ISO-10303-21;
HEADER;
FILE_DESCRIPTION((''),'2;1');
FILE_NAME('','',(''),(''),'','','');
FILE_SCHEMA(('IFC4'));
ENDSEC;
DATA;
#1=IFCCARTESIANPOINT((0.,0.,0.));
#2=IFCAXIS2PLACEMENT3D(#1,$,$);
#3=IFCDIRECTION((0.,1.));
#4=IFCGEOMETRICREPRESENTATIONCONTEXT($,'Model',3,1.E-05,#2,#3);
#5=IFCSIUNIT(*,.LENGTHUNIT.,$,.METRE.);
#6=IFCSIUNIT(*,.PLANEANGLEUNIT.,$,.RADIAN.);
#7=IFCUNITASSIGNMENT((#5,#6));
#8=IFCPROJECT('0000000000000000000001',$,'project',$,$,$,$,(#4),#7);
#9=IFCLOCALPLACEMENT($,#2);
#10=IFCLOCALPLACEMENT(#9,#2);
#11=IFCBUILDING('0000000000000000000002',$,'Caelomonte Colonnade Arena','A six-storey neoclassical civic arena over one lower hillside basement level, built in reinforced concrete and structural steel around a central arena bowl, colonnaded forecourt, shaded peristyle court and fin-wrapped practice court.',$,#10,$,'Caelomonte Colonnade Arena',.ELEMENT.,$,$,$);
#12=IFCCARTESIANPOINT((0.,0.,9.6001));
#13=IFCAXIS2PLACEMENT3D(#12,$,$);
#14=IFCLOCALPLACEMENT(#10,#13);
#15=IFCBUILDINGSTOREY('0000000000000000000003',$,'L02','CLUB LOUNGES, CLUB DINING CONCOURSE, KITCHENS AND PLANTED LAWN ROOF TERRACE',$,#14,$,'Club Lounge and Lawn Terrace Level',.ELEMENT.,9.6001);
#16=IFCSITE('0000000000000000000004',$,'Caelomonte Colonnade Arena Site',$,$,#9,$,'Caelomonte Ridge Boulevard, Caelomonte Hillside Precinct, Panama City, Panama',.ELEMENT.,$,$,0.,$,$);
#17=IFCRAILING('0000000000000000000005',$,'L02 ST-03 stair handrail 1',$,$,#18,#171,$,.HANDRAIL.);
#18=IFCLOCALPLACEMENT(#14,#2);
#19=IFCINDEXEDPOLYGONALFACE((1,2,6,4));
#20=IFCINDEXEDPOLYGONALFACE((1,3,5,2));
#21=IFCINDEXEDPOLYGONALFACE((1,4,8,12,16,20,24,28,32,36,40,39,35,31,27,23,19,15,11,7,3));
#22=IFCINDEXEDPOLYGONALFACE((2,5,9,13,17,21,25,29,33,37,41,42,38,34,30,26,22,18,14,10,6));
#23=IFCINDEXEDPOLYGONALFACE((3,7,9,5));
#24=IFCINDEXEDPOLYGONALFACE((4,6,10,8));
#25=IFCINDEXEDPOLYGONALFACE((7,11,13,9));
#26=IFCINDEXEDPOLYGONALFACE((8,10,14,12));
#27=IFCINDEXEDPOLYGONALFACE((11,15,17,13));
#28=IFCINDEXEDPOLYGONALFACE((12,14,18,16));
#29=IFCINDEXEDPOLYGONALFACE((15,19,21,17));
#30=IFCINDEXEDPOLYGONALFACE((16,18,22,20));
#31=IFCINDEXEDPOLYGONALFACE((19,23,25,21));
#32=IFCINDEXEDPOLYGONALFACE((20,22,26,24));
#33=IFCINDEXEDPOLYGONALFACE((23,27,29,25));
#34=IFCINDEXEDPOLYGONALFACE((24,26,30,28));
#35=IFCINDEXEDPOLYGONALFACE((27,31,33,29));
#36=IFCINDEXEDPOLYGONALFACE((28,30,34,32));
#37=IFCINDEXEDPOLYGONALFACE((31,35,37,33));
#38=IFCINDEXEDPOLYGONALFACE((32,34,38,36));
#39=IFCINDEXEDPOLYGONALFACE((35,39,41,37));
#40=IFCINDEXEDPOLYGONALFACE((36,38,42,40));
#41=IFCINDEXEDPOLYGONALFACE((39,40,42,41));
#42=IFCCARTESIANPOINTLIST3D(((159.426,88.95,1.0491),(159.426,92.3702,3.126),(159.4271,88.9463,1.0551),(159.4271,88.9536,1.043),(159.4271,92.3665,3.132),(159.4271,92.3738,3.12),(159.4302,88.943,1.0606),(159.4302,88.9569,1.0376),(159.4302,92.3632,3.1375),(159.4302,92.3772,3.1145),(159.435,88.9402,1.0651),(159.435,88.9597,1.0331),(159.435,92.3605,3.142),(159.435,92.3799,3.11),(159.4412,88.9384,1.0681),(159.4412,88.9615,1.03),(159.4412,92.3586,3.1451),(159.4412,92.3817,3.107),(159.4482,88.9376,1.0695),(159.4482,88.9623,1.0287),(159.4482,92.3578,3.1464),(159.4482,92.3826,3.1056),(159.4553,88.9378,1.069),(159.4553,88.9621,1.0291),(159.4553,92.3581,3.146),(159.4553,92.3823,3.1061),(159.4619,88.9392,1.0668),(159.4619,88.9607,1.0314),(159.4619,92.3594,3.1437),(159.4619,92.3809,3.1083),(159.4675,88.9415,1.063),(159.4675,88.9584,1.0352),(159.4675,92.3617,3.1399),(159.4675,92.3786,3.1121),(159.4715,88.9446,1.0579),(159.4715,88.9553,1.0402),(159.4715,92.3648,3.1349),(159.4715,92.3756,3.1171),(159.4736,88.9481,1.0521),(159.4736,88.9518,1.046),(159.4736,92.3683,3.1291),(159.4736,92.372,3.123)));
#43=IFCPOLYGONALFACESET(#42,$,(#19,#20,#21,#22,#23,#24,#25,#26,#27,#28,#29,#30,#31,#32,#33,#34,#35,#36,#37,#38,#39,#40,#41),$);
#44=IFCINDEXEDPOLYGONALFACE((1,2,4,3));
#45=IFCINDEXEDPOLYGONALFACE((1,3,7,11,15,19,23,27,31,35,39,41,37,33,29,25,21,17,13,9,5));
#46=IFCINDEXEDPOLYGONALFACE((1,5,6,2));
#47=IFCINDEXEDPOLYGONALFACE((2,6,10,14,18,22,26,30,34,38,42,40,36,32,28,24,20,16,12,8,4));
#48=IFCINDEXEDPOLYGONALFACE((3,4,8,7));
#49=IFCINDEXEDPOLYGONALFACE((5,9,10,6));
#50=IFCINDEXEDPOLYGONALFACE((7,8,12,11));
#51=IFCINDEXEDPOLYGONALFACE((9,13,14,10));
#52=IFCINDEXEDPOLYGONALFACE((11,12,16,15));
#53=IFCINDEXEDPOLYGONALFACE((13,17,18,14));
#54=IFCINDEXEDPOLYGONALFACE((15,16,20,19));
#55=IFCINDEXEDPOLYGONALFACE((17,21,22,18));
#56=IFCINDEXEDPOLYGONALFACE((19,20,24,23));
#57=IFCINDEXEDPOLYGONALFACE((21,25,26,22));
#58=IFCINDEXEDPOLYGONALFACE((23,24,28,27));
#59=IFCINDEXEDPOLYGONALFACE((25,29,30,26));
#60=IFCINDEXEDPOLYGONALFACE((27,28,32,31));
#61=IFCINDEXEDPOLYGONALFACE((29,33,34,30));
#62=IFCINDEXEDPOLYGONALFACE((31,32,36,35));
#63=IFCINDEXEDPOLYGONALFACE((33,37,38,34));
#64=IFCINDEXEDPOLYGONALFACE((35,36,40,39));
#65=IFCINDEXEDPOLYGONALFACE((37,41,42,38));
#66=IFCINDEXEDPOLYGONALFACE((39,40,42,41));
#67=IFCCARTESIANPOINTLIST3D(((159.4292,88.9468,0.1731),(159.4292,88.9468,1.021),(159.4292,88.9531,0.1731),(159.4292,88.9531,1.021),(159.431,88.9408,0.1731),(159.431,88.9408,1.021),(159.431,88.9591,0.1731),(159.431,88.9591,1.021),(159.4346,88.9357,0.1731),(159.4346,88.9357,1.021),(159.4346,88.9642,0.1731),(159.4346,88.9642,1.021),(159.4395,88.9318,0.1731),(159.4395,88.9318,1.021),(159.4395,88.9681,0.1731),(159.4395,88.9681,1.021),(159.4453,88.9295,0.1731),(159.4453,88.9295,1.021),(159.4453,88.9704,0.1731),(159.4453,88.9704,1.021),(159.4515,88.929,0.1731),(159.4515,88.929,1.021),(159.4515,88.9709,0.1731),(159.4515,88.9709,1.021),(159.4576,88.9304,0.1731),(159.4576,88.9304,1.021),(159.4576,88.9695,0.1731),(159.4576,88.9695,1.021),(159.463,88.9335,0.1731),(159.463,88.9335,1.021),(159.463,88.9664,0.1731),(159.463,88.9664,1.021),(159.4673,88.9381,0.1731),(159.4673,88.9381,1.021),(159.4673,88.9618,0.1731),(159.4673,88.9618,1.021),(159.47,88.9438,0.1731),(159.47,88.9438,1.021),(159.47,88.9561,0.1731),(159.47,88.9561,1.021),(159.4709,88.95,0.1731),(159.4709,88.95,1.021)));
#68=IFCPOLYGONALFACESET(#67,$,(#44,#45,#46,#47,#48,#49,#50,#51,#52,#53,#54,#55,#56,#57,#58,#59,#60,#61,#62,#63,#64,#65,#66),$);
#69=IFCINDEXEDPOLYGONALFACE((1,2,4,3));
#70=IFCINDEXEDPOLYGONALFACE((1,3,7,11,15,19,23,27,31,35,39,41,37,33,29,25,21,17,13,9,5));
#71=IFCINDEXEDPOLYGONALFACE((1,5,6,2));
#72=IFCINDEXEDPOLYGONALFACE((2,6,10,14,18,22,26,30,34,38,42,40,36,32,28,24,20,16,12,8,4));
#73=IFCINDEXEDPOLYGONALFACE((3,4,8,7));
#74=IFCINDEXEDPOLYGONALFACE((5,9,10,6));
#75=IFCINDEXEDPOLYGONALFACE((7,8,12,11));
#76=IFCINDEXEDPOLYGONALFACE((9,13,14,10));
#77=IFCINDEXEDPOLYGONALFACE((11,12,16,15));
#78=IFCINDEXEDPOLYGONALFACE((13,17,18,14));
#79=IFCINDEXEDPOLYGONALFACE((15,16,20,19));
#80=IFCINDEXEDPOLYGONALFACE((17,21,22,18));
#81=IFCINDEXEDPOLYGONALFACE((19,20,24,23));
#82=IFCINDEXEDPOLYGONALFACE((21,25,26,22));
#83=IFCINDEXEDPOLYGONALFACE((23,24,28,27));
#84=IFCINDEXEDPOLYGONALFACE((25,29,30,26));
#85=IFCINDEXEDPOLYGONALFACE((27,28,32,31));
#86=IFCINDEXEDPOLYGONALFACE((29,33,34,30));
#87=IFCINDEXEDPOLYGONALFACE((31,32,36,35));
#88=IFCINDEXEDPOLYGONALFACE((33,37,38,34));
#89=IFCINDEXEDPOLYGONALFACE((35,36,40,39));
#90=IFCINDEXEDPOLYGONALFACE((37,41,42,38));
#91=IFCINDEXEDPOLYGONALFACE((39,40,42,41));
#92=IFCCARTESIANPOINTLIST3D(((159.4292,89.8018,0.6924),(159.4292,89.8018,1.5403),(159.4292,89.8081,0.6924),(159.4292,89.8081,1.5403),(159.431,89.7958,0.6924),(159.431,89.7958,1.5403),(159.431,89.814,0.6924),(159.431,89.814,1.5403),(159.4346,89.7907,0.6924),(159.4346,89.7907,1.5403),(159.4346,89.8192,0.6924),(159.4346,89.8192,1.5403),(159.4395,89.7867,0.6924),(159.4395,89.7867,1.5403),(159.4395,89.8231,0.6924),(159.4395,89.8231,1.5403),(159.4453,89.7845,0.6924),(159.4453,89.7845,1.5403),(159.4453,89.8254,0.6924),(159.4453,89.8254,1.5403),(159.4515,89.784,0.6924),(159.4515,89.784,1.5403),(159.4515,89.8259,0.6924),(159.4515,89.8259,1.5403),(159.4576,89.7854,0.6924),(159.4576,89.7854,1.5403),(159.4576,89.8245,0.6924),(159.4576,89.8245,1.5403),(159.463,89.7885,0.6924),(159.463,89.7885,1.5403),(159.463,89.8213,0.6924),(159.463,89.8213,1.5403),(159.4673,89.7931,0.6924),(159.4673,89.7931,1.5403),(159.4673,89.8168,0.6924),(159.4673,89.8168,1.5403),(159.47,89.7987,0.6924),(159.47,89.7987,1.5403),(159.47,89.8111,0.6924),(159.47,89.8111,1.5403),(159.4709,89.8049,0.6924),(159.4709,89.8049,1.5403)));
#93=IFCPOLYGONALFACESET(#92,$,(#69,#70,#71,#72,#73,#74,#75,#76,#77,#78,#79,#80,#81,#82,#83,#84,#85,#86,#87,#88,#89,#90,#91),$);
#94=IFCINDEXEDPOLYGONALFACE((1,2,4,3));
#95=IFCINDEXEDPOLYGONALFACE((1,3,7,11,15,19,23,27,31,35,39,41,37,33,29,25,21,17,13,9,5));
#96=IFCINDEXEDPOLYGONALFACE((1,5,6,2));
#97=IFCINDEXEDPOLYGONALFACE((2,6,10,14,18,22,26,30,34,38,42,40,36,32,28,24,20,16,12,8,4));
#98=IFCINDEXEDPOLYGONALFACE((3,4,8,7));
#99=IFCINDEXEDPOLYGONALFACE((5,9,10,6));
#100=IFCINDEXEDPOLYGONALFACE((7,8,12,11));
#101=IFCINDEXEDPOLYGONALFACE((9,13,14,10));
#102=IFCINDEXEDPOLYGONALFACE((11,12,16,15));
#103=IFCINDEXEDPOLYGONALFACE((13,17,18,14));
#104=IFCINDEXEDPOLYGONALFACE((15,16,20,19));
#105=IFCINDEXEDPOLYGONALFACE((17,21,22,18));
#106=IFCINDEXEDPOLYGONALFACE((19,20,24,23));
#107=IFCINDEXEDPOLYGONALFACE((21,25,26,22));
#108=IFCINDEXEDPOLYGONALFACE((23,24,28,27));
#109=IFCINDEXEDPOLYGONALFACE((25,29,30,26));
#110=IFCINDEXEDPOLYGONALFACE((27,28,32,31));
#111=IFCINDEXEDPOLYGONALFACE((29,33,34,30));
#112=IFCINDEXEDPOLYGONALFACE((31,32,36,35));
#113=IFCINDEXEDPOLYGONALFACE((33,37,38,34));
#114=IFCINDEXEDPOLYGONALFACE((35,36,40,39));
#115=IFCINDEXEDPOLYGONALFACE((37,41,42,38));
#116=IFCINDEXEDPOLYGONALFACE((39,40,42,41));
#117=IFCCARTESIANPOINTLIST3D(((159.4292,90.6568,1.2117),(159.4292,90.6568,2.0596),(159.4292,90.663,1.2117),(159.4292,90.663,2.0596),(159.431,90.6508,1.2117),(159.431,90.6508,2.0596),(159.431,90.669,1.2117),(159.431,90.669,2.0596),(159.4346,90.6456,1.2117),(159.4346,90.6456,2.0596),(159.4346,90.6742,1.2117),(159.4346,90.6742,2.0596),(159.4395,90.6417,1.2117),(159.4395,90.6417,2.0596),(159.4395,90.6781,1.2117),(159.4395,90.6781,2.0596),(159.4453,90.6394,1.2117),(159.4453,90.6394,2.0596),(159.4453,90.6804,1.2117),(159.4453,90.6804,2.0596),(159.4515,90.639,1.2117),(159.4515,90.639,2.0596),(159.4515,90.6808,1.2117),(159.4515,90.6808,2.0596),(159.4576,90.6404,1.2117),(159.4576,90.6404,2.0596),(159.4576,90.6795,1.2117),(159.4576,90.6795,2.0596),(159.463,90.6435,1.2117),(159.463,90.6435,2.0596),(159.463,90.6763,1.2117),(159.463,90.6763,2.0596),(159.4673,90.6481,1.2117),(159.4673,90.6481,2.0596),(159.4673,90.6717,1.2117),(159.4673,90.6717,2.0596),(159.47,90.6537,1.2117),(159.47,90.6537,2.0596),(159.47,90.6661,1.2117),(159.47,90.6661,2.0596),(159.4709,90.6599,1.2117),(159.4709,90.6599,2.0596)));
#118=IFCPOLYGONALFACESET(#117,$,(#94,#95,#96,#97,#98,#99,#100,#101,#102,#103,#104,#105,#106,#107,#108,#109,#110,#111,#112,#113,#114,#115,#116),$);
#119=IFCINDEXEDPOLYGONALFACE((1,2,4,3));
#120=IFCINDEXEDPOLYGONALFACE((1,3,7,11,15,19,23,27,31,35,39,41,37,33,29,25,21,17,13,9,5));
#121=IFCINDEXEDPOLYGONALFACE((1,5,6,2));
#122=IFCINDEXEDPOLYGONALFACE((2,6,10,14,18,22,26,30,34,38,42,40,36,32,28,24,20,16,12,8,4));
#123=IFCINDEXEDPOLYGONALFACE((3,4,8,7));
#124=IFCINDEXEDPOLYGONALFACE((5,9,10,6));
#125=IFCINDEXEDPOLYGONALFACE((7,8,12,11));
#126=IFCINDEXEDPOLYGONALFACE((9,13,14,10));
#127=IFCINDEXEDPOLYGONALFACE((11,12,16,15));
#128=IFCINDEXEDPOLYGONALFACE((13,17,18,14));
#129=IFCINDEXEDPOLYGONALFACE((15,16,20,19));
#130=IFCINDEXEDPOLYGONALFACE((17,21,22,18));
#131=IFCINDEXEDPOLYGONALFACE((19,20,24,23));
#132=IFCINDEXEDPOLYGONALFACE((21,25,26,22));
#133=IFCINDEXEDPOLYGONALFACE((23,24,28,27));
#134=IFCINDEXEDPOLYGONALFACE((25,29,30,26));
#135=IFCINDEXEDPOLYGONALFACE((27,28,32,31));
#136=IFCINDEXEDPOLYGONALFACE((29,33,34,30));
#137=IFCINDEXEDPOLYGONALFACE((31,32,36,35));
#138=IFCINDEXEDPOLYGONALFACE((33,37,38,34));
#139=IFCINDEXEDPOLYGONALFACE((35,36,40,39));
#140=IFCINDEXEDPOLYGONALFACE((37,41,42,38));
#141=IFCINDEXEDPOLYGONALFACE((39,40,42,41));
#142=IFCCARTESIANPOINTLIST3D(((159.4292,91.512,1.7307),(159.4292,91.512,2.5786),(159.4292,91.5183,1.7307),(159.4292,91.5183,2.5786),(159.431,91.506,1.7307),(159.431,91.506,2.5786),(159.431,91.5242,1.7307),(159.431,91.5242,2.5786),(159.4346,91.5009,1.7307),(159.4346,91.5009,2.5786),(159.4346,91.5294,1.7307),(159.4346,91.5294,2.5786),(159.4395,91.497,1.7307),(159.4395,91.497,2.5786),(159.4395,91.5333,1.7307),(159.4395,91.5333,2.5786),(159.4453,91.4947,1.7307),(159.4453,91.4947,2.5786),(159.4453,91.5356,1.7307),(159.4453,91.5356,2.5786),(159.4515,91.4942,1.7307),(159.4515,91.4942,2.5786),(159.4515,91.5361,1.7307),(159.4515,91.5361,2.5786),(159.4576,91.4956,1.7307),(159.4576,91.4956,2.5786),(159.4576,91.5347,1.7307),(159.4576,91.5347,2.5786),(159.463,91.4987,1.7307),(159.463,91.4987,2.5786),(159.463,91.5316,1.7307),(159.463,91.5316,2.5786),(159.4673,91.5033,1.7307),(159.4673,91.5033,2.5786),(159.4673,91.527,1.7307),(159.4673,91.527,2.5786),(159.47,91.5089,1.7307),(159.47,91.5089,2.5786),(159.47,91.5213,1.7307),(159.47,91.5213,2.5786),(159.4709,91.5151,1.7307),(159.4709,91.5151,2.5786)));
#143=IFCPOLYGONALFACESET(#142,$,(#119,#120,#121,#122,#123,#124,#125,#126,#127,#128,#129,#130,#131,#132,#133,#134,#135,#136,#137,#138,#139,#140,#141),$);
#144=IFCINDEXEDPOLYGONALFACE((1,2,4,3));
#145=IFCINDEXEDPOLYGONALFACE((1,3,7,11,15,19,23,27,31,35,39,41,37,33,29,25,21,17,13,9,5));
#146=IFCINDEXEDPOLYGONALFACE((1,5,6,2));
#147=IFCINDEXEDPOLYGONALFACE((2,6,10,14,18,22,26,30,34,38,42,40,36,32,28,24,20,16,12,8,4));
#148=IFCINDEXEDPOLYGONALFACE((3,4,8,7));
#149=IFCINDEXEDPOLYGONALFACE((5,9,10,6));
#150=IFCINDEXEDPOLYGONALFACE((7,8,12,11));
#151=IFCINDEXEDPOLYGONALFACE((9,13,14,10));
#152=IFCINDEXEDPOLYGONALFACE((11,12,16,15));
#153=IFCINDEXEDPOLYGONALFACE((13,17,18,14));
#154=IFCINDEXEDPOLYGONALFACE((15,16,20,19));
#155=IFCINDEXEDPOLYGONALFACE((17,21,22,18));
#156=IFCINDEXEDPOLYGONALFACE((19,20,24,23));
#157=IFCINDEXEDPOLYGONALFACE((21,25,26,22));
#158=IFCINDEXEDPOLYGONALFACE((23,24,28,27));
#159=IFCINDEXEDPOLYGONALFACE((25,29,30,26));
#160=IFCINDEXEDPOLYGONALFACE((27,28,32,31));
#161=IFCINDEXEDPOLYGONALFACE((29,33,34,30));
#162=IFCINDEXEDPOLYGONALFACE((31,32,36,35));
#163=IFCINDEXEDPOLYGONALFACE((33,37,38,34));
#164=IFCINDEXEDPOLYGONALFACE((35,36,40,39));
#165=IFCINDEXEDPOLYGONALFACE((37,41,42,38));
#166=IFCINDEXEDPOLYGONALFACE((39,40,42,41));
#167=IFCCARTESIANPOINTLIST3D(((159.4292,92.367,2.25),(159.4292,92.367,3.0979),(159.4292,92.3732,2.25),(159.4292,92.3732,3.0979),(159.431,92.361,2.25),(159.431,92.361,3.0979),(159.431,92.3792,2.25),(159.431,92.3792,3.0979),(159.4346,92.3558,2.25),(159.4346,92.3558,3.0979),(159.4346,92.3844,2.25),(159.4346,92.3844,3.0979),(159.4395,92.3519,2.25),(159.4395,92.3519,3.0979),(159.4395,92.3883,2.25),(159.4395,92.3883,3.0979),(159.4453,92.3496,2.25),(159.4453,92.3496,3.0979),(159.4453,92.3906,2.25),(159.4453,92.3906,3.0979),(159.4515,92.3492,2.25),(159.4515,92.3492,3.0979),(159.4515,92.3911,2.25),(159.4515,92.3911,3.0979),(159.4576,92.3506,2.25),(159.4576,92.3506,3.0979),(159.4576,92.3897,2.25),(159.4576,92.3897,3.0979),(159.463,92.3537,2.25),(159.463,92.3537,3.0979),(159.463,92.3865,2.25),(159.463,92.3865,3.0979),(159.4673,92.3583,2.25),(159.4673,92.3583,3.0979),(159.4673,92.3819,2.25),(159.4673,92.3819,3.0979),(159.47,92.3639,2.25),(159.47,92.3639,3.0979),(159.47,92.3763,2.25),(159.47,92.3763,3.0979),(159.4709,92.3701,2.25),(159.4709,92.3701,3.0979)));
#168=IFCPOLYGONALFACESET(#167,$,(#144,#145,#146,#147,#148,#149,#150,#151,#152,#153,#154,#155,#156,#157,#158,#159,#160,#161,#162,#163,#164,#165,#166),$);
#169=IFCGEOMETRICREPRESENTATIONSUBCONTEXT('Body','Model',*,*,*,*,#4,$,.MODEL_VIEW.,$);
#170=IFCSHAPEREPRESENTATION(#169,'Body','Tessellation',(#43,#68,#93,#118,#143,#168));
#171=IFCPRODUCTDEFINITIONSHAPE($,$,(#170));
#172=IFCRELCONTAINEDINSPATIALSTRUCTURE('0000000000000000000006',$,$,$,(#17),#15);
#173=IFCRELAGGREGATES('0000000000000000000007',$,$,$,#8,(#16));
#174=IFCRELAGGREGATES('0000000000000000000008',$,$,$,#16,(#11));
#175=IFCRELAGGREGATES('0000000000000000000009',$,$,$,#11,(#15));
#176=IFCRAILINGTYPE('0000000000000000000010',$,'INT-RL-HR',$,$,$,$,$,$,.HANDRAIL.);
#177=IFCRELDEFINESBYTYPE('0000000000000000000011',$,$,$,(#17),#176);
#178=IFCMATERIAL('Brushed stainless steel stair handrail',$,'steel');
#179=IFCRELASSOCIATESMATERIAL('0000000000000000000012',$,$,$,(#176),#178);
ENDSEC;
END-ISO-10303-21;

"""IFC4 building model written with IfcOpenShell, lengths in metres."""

from ifc_helpers import new_model, si_unit, direction, frame, origin, origin_2d, place, context, subcontext, project, spatial, circle, extrude, material, type_object, element, save


model = new_model("IFC4")

# Units and contexts
model_context = context("Model", 3, precision=1e-05, world=origin(), true_north=direction((0.0, 1.0)))
body_context = subcontext(model_context, "Body", "Model", "MODEL_VIEW")
ifc_project = project(units=[si_unit("LENGTHUNIT", "METRE"), si_unit("PLANEANGLEUNIT", "RADIAN")], contexts=[model_context])

# Site, building, storey
site_placement = place(None, origin())
site = spatial("IfcSite", under=ifc_project, at=site_placement, Name="Caelomonte Colonnade Arena Site", LongName="Caelomonte Ridge Boulevard, Caelomonte Hillside Precinct, Panama City, Panama", CompositionType="ELEMENT", RefElevation=0.0)
building_placement = place(site_placement, origin())
building = spatial("IfcBuilding", under=site, at=building_placement, Name="Caelomonte Colonnade Arena", Description="A six-storey neoclassical civic arena over one lower hillside basement level, built in reinforced concrete and structural steel around a central arena bowl, colonnaded forecourt, shaded peristyle court and fin-wrapped practice court.", LongName="Caelomonte Colonnade Arena", CompositionType="ELEMENT")
storey_placement = place(building_placement, frame((0.0, 0.0, 9.6001)))
storey = spatial("IfcBuildingStorey", under=building, at=storey_placement, Name="L02", Description="CLUB LOUNGES, CLUB DINING CONCOURSE, KITCHENS AND PLANTED LAWN ROOF TERRACE", LongName="Club Lounge and Lawn Terrace Level", CompositionType="ELEMENT", Elevation=9.6001)

# Railing
ifc_material_1 = material(Name="Brushed stainless steel stair handrail", Category="steel")
railing_type_1 = type_object("IfcRailingType", Name="INT-RL-HR", PredefinedType="HANDRAIL", material=ifc_material_1)
railing_1_placement = place(storey_placement, frame((159.45, 88.95, 0.1731)))
element("IfcRailing", 1, at=railing_1_placement, inside=storey, type_object=railing_type_1, Name="L02 ST-03 stair handrail 1", PredefinedType="HANDRAIL", context=body_context, shape_type="SweptSolid", body=[
    extrude(circle(Radius=0.0239, at=origin_2d()), frame((0.0, 0.0, 0.876), z_axis=(0.0, 0.854746, 0.519047), x_axis=(-1.0, 0.0, 0.0)), (0.0, 0.0, 1.0), 4.0015),
    extrude(circle(Radius=0.021, at=origin_2d()), origin(), (0.0, 0.0, 1.0), 0.8479),
    extrude(circle(Radius=0.021, at=origin_2d()), frame((0.0, 0.855, 0.5193)), (0.0, 0.0, 1.0), 0.8479),
    extrude(circle(Radius=0.021, at=origin_2d()), frame((0.0, 1.71, 1.0386)), (0.0, 0.0, 1.0), 0.8479),
    extrude(circle(Radius=0.021, at=origin_2d()), frame((0.0, 2.5652, 1.5576)), (0.0, 0.0, 1.0), 0.8479),
    extrude(circle(Radius=0.021, at=origin_2d()), frame((0.0, 3.4202, 2.0769)), (0.0, 0.0, 1.0), 0.8479),
])

save(model, "model.ifc")
